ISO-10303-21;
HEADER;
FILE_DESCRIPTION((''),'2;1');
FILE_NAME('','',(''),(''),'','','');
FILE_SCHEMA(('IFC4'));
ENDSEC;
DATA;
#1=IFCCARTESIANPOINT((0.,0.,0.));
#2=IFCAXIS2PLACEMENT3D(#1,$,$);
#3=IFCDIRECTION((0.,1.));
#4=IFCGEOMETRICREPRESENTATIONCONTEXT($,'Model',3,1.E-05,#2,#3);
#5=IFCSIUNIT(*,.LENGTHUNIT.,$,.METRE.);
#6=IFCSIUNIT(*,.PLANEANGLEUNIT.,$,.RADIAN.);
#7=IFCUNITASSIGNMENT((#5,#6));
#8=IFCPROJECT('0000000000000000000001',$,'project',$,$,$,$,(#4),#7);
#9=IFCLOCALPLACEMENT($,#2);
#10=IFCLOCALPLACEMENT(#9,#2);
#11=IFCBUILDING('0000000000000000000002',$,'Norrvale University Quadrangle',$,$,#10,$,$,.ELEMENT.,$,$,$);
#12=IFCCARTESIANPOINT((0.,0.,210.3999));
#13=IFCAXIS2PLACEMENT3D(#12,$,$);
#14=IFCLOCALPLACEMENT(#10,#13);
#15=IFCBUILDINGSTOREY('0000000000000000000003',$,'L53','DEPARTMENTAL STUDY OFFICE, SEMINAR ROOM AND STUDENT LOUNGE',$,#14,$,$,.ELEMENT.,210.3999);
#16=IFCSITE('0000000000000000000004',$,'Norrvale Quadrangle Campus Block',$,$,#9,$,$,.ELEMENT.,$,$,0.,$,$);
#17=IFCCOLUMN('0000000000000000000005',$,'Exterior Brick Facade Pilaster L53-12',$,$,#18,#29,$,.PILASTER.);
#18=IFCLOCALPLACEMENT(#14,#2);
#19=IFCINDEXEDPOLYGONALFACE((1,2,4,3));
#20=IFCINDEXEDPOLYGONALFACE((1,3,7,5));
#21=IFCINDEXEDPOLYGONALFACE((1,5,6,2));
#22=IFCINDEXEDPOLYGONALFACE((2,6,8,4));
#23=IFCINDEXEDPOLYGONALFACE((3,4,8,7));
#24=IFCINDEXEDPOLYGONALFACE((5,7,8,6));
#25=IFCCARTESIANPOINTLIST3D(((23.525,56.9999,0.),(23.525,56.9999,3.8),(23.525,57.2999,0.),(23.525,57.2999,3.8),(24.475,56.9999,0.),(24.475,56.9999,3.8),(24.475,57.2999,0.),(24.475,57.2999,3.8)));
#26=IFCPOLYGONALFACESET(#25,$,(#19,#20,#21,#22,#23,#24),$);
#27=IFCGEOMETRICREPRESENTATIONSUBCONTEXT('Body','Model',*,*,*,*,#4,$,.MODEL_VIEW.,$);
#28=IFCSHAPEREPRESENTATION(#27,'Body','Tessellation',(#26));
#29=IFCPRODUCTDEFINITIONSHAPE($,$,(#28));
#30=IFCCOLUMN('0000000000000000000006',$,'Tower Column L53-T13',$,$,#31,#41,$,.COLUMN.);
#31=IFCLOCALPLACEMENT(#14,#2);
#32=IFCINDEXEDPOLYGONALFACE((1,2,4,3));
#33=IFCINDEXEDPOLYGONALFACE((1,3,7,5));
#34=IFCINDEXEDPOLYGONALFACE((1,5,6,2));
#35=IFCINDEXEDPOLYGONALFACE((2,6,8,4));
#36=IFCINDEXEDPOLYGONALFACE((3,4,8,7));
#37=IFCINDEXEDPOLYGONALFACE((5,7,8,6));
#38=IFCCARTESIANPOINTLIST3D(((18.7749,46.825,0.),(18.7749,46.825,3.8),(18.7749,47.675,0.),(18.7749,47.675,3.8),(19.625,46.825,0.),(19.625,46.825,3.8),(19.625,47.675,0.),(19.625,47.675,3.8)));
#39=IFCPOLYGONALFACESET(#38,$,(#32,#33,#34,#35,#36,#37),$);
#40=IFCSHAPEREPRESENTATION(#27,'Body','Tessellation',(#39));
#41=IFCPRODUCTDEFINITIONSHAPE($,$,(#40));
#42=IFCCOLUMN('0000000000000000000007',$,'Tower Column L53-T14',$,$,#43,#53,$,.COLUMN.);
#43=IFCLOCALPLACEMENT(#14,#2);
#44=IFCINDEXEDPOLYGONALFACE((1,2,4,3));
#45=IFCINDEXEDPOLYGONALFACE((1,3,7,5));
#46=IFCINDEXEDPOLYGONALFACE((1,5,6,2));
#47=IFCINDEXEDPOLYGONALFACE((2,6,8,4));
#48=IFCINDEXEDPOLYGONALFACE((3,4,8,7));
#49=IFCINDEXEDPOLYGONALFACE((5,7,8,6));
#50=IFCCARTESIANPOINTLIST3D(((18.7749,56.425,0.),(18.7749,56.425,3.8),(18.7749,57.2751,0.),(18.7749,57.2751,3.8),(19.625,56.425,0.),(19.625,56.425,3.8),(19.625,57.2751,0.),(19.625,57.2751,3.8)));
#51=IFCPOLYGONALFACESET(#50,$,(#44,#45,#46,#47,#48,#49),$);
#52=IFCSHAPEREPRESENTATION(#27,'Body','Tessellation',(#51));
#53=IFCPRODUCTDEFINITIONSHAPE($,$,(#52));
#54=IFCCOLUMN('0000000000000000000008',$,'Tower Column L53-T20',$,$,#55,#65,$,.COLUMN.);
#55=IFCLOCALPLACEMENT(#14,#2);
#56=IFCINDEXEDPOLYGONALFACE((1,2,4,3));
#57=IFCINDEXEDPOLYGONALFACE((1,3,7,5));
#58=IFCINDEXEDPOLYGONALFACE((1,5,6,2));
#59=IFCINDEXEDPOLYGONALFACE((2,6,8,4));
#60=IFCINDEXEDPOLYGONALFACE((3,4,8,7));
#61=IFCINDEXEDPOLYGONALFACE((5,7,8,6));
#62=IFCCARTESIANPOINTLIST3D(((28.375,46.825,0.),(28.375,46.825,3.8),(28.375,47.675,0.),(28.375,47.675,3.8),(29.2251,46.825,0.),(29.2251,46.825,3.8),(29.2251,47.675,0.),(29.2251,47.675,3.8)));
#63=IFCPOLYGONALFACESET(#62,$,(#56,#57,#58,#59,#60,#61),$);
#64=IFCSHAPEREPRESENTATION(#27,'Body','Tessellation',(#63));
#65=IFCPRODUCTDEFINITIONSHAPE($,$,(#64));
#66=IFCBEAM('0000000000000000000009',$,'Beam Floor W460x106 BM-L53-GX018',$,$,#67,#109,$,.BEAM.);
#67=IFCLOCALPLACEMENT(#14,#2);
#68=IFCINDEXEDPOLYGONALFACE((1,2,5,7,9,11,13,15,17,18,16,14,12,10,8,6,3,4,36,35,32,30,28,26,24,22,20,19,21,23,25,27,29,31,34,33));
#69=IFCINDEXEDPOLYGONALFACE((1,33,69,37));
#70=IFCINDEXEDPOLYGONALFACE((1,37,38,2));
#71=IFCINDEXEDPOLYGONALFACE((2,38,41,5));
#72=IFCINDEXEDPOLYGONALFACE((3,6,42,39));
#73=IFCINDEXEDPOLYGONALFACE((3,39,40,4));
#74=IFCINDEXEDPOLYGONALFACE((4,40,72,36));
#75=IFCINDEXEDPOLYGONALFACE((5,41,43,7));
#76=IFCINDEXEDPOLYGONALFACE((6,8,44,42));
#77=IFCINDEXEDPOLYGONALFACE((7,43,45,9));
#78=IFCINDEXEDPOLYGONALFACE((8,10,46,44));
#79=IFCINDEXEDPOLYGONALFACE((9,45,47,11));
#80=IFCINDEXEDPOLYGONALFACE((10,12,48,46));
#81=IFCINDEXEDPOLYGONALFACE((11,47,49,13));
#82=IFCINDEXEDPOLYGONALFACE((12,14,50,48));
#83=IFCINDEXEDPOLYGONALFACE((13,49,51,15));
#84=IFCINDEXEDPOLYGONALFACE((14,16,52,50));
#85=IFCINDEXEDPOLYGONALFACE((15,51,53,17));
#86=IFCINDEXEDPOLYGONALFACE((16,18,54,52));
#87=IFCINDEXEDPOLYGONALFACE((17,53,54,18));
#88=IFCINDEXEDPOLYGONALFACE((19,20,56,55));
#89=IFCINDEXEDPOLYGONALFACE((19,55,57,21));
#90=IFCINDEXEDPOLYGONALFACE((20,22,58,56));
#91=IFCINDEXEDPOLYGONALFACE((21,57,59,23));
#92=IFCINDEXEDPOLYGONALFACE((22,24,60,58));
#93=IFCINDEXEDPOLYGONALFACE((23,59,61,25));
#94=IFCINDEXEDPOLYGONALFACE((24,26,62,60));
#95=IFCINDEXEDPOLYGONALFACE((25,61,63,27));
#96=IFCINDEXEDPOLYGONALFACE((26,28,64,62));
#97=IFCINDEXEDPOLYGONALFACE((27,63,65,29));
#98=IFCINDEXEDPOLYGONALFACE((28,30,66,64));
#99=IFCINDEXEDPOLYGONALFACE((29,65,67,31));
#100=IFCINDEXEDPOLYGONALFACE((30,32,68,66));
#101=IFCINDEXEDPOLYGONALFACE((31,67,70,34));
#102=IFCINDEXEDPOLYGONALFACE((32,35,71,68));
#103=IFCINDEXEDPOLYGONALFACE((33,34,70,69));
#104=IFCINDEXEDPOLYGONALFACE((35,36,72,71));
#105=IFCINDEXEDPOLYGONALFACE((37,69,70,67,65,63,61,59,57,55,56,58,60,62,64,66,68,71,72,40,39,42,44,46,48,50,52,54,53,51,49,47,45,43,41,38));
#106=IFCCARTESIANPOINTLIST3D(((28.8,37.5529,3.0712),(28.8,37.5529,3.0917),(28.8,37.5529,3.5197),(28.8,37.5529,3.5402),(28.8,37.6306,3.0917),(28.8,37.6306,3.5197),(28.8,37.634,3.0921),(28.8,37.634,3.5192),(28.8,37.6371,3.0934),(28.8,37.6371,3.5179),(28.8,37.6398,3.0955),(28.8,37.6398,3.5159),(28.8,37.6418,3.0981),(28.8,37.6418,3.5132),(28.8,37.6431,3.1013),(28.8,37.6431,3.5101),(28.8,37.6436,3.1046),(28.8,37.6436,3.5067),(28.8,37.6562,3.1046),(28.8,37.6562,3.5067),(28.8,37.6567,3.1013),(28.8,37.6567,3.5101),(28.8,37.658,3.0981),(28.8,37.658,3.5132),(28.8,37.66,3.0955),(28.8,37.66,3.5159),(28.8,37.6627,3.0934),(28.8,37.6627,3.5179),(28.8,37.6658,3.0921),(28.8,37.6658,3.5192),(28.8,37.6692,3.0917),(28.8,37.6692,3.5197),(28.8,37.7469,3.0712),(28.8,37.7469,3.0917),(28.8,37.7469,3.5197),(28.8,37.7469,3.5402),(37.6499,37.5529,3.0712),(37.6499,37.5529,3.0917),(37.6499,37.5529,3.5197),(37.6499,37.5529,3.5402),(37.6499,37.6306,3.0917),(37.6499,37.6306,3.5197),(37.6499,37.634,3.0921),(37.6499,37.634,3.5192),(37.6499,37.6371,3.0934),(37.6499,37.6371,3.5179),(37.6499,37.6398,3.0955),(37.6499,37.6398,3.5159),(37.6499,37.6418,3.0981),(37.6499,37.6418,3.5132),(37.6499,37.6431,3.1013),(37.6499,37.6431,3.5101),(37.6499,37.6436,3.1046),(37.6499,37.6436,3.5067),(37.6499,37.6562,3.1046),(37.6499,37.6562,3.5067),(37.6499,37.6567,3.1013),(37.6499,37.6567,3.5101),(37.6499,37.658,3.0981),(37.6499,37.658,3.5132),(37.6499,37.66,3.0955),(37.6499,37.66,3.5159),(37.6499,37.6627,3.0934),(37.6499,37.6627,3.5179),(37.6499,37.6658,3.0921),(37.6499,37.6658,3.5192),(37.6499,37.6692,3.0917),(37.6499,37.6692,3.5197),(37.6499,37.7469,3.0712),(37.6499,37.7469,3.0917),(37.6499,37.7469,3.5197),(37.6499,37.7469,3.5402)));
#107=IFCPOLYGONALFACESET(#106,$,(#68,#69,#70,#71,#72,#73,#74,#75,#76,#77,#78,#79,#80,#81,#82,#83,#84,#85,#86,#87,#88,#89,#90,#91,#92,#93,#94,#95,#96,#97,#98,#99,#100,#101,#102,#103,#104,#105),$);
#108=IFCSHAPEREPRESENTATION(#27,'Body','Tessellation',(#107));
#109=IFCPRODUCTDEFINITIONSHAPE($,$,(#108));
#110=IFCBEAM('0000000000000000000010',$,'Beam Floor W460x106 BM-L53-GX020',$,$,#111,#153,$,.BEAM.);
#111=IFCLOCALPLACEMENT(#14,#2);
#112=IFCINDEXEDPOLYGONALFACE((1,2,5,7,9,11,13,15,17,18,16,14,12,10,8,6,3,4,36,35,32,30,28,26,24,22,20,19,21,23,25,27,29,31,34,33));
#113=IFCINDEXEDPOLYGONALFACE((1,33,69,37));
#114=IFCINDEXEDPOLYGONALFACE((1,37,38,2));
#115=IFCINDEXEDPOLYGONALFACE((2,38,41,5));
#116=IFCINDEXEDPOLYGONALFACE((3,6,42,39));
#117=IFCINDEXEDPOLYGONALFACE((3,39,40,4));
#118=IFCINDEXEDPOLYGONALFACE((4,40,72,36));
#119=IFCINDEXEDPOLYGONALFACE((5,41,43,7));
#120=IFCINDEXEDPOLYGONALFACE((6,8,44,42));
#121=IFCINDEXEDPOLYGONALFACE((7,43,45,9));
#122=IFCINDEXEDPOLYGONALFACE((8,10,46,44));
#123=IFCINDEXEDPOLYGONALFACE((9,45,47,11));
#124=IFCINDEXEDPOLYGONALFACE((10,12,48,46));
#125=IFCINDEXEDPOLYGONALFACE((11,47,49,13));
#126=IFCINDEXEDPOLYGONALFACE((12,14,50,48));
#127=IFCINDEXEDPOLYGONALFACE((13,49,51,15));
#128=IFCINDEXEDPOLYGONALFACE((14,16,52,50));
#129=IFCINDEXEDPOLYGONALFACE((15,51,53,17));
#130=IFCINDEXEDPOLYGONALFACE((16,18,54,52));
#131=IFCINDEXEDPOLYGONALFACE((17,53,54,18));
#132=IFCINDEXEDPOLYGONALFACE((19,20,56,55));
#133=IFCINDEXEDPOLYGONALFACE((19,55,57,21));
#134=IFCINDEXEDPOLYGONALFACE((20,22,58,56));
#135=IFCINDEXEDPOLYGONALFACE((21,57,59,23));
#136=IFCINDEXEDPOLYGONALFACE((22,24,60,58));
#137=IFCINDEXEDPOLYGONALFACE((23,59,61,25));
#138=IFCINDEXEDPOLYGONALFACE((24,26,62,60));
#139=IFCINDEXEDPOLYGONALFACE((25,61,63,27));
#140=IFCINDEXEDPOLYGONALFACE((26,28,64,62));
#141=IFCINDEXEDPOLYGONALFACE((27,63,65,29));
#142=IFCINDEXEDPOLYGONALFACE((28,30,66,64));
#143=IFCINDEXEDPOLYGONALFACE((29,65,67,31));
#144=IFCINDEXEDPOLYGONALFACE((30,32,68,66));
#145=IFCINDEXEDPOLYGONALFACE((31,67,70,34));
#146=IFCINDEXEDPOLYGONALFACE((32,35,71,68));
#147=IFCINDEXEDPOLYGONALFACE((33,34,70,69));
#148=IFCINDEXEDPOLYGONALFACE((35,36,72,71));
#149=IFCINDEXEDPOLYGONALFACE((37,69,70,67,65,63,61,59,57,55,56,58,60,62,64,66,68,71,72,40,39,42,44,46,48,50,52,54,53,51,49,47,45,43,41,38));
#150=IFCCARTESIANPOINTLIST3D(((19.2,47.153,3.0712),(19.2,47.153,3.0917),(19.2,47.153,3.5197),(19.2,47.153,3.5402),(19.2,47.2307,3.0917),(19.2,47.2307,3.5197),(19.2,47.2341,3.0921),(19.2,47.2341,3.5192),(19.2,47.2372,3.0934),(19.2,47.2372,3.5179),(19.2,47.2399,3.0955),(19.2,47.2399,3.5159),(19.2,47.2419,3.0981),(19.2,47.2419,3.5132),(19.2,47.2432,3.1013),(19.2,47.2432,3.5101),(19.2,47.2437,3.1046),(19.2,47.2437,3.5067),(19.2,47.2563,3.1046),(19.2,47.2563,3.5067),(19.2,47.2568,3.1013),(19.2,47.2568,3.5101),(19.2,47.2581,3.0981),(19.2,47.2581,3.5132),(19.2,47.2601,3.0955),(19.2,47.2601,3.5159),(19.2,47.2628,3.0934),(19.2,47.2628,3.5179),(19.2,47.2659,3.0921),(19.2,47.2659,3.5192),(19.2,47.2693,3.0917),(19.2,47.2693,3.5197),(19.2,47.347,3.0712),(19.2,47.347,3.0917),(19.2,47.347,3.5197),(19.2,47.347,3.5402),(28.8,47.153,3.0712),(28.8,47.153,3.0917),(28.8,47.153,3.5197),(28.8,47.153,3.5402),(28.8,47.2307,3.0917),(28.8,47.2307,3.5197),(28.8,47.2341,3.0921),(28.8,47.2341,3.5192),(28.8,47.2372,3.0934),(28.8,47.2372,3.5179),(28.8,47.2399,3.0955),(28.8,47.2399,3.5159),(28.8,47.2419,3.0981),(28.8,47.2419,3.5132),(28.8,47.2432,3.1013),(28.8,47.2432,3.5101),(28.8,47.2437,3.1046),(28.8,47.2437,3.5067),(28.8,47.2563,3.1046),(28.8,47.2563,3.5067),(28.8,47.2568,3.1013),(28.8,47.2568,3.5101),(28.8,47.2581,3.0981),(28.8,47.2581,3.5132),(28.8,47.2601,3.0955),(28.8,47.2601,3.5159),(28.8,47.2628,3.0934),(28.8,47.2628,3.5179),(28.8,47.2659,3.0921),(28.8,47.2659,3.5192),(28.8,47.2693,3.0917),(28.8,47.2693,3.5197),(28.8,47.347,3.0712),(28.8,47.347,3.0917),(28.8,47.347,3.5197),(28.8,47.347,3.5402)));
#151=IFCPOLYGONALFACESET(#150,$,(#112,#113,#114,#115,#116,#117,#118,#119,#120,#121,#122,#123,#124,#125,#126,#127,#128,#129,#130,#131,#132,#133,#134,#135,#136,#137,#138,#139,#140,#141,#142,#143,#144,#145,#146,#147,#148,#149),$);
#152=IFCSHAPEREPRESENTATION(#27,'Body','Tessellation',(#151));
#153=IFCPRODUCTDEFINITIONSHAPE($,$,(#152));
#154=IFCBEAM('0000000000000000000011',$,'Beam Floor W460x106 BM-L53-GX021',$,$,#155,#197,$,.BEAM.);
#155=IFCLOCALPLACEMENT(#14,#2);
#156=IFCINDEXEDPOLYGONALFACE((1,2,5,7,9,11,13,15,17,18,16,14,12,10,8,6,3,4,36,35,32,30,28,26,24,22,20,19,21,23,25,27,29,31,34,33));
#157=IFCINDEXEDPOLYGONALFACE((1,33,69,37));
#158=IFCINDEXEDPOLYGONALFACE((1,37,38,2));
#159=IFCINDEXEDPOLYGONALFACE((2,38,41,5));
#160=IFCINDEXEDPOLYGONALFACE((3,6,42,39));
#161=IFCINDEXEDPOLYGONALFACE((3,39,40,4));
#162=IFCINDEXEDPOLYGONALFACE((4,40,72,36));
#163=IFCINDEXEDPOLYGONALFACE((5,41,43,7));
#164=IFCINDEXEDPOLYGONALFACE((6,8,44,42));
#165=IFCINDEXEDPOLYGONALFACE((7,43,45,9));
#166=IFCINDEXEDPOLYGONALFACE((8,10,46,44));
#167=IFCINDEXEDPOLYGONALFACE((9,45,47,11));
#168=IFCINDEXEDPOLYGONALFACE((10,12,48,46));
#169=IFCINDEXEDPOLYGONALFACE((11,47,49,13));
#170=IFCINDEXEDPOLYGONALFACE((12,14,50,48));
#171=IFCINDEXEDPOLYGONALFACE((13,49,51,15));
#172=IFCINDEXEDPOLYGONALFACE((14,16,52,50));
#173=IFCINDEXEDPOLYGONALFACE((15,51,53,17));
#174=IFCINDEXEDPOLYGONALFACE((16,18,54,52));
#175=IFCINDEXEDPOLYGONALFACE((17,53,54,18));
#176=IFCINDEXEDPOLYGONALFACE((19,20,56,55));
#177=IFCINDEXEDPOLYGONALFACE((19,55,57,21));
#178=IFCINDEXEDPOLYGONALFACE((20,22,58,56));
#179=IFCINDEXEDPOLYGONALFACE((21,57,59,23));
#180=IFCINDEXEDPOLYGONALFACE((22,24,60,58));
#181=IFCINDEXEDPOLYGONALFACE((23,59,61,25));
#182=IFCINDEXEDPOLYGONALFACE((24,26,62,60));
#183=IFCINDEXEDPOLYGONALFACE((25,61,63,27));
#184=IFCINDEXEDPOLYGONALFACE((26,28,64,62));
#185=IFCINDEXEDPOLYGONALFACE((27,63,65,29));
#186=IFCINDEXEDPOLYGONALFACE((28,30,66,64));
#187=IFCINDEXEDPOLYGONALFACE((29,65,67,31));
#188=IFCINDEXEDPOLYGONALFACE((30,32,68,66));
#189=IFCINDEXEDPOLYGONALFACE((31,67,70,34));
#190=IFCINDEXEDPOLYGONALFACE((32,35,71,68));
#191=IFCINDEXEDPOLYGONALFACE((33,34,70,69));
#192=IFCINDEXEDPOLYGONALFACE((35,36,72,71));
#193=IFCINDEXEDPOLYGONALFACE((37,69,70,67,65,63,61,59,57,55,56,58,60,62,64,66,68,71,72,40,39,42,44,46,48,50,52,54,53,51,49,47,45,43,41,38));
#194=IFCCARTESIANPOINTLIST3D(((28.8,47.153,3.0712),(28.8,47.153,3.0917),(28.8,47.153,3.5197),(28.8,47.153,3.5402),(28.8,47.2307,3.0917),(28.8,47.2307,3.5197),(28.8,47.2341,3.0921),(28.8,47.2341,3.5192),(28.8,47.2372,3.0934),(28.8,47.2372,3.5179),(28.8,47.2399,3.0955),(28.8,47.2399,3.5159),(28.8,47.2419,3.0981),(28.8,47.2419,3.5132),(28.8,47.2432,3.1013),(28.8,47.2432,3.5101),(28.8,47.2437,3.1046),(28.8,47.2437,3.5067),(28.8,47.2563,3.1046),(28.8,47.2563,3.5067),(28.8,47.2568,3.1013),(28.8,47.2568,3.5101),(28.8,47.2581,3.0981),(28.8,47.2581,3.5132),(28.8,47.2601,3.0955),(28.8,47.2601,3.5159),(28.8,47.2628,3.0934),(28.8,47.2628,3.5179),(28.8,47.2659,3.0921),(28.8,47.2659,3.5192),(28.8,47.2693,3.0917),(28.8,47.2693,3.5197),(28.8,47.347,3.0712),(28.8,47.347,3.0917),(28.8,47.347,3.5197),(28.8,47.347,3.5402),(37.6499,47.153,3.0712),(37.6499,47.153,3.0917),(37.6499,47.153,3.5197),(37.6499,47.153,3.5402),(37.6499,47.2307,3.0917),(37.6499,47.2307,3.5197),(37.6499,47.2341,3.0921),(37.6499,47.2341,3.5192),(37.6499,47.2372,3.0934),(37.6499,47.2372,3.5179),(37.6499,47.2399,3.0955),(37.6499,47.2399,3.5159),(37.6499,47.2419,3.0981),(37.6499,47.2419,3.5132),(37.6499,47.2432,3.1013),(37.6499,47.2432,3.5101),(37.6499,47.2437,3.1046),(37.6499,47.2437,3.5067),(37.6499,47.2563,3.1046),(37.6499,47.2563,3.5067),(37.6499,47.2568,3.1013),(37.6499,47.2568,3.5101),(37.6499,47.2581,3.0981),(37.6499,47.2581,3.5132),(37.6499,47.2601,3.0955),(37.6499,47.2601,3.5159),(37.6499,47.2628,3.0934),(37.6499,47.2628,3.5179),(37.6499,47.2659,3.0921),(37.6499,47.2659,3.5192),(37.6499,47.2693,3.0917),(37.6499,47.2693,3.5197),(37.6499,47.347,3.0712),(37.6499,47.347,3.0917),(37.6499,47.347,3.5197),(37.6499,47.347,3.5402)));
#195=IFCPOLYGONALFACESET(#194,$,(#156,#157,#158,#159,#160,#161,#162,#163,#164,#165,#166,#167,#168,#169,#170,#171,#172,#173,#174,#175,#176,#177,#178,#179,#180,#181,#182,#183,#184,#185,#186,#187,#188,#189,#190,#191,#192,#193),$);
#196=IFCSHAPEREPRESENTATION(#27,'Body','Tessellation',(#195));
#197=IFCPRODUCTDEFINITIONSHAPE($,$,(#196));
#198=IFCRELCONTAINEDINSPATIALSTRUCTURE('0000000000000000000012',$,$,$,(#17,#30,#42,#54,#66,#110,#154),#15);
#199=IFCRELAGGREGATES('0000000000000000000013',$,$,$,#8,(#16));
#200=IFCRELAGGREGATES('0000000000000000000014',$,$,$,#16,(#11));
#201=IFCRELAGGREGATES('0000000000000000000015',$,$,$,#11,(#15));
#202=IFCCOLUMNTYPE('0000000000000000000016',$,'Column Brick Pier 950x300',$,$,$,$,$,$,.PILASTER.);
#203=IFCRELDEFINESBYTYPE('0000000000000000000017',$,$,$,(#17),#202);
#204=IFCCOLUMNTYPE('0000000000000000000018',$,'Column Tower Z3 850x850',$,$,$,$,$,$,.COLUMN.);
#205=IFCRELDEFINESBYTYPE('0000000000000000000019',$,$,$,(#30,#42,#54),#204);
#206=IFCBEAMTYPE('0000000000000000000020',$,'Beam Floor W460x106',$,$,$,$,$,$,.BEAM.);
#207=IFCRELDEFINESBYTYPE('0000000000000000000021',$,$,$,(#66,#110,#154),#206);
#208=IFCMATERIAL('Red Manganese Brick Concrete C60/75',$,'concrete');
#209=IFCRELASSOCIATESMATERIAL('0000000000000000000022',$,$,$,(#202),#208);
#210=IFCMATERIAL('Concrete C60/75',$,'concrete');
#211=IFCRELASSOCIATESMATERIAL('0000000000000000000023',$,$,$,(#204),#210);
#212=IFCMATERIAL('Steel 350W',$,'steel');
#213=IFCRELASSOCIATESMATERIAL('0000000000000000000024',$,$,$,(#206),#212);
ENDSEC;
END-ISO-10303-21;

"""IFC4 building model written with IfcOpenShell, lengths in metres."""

from ifc_helpers import new_model, si_unit, direction, frame, origin, origin_2d, place, context, subcontext, project, spatial, rectangle, i_section, extrude, material, material_profile, profile_set, type_object, element, save


model = new_model("IFC4")

# Units and contexts
model_context = context("Model", 3, precision=1e-05, world=origin(), true_north=direction((0.0, 1.0)))
body_context = subcontext(model_context, "Body", "Model", "MODEL_VIEW")
ifc_project = project(units=[si_unit("LENGTHUNIT", "METRE"), si_unit("PLANEANGLEUNIT", "RADIAN")], contexts=[model_context])

# Site, building, storey
site_placement = place(None, origin())
site = spatial("IfcSite", under=ifc_project, at=site_placement, Name="Norrvale Quadrangle Campus Block", CompositionType="ELEMENT", RefElevation=0.0)
building_placement = place(site_placement, origin())
building = spatial("IfcBuilding", under=site, at=building_placement, Name="Norrvale University Quadrangle", CompositionType="ELEMENT")
storey_placement = place(building_placement, frame((0.0, 0.0, 210.3999)))
storey = spatial("IfcBuildingStorey", under=building, at=storey_placement, Name="L53", Description="DEPARTMENTAL STUDY OFFICE, SEMINAR ROOM AND STUDENT LOUNGE", CompositionType="ELEMENT", Elevation=210.3999)

# Columns
ifc_material_1 = material(Name="Red Manganese Brick Concrete C60/75", Category="concrete")
ifc_material_profile_1 = material_profile(ifc_material_1, rectangle(XDim=0.95, YDim=0.3, at=origin_2d()), Name="Red Manganese Brick Concrete C60/75")
ifc_profile_set_1 = profile_set([ifc_material_profile_1], Name="Red Manganese Brick Concrete C60/75")
column_type_1 = type_object("IfcColumnType", Name="Column Brick Pier 950x300", PredefinedType="PILASTER", material=ifc_profile_set_1)
column_placement = place(storey_placement, frame((24.0, 57.1499, 0.0), z_axis=(0.0, 0.0, 1.0), x_axis=(1.0, 0.0, 0.0)))
element("IfcColumn", 1, at=column_placement, inside=storey, type_object=column_type_1, Name="Exterior Brick Facade Pilaster L53-12", PredefinedType="PILASTER", context=body_context, shape_type="SweptSolid", body=[
    extrude(rectangle(XDim=0.95, YDim=0.3, at=origin_2d()), origin(), (0.0, 0.0, 1.0), 3.8),
])
ifc_material_2 = material(Name="Concrete C60/75", Category="concrete")
ifc_material_profile_2 = material_profile(ifc_material_2, rectangle(XDim=0.8501, YDim=0.8501, at=origin_2d()), Name="Concrete C60/75")
ifc_profile_set_2 = profile_set([ifc_material_profile_2], Name="Concrete C60/75")
column_type_2 = type_object("IfcColumnType", Name="Column Tower Z3 850x850", PredefinedType="COLUMN", material=ifc_profile_set_2)
for number, where, z_axis, x_axis, name in (
    (2, (19.2, 47.25, 0.0), (0.0, 0.0, 1.0), (1.0, 0.0, 0.0), "Tower Column L53-T13"),
    (3, (19.2, 56.8501, 0.0), (0.0, 0.0, 1.0), (1.0, 0.0, 0.0), "Tower Column L53-T14"),
    (4, (28.8, 47.25, 0.0), (0.0, 0.0, 1.0), (1.0, 0.0, 0.0), "Tower Column L53-T20"),
):
    element("IfcColumn", number, at=place(storey_placement, frame(where, z_axis=z_axis, x_axis=x_axis)), inside=storey, type_object=column_type_2, Name=name, PredefinedType="COLUMN", context=body_context, shape_type="SweptSolid", body=[
        extrude(rectangle(XDim=0.8501, YDim=0.8501, at=origin_2d()), origin(), (0.0, 0.0, 1.0), 3.8),
    ])

# Beams
ifc_material_3 = material(Name="Steel 350W", Category="steel")
ifc_material_profile_3 = material_profile(ifc_material_3, i_section(OverallWidth=0.1941, OverallDepth=0.469, WebThickness=0.0127, FlangeThickness=0.0205, FilletRadius=0.0129, at=origin_2d()), Name="Steel 350W")
ifc_profile_set_3 = profile_set([ifc_material_profile_3], Name="Steel 350W")
beam_type_1 = type_object("IfcBeamType", Name="Beam Floor W460x106", PredefinedType="BEAM", material=ifc_profile_set_3)
beam_1_placement = place(storey_placement, frame((28.8, 37.6499, 3.3057), z_axis=(1.0, 0.0, 0.0), x_axis=(0.0, 1.0, 0.0)))
element("IfcBeam", 5, at=beam_1_placement, inside=storey, type_object=beam_type_1, Name="Beam Floor W460x106 BM-L53-GX018", PredefinedType="BEAM", context=body_context, shape_type="SweptSolid", body=[
    extrude(i_section(OverallWidth=0.1941, OverallDepth=0.469, WebThickness=0.0127, FlangeThickness=0.0205, FilletRadius=0.0129, at=origin_2d()), origin(), (0.0, 0.0, 1.0), 8.8499),
])
beam_2_placement = place(storey_placement, frame((19.2, 47.25, 3.3057), z_axis=(1.0, 0.0, 0.0), x_axis=(0.0, 1.0, 0.0)))
element("IfcBeam", 6, at=beam_2_placement, inside=storey, type_object=beam_type_1, Name="Beam Floor W460x106 BM-L53-GX020", PredefinedType="BEAM", context=body_context, shape_type="SweptSolid", body=[
    extrude(i_section(OverallWidth=0.1941, OverallDepth=0.469, WebThickness=0.0127, FlangeThickness=0.0205, FilletRadius=0.0129, at=origin_2d()), origin(), (0.0, 0.0, 1.0), 9.6001),
])
beam_3_placement = place(storey_placement, frame((28.8, 47.25, 3.3057), z_axis=(1.0, 0.0, 0.0), x_axis=(0.0, 1.0, 0.0)))
element("IfcBeam", 7, at=beam_3_placement, inside=storey, type_object=beam_type_1, Name="Beam Floor W460x106 BM-L53-GX021", PredefinedType="BEAM", context=body_context, shape_type="SweptSolid", body=[
    extrude(i_section(OverallWidth=0.1941, OverallDepth=0.469, WebThickness=0.0127, FlangeThickness=0.0205, FilletRadius=0.0129, at=origin_2d()), origin(), (0.0, 0.0, 1.0), 8.8499),
])

save(model, "model.ifc")
